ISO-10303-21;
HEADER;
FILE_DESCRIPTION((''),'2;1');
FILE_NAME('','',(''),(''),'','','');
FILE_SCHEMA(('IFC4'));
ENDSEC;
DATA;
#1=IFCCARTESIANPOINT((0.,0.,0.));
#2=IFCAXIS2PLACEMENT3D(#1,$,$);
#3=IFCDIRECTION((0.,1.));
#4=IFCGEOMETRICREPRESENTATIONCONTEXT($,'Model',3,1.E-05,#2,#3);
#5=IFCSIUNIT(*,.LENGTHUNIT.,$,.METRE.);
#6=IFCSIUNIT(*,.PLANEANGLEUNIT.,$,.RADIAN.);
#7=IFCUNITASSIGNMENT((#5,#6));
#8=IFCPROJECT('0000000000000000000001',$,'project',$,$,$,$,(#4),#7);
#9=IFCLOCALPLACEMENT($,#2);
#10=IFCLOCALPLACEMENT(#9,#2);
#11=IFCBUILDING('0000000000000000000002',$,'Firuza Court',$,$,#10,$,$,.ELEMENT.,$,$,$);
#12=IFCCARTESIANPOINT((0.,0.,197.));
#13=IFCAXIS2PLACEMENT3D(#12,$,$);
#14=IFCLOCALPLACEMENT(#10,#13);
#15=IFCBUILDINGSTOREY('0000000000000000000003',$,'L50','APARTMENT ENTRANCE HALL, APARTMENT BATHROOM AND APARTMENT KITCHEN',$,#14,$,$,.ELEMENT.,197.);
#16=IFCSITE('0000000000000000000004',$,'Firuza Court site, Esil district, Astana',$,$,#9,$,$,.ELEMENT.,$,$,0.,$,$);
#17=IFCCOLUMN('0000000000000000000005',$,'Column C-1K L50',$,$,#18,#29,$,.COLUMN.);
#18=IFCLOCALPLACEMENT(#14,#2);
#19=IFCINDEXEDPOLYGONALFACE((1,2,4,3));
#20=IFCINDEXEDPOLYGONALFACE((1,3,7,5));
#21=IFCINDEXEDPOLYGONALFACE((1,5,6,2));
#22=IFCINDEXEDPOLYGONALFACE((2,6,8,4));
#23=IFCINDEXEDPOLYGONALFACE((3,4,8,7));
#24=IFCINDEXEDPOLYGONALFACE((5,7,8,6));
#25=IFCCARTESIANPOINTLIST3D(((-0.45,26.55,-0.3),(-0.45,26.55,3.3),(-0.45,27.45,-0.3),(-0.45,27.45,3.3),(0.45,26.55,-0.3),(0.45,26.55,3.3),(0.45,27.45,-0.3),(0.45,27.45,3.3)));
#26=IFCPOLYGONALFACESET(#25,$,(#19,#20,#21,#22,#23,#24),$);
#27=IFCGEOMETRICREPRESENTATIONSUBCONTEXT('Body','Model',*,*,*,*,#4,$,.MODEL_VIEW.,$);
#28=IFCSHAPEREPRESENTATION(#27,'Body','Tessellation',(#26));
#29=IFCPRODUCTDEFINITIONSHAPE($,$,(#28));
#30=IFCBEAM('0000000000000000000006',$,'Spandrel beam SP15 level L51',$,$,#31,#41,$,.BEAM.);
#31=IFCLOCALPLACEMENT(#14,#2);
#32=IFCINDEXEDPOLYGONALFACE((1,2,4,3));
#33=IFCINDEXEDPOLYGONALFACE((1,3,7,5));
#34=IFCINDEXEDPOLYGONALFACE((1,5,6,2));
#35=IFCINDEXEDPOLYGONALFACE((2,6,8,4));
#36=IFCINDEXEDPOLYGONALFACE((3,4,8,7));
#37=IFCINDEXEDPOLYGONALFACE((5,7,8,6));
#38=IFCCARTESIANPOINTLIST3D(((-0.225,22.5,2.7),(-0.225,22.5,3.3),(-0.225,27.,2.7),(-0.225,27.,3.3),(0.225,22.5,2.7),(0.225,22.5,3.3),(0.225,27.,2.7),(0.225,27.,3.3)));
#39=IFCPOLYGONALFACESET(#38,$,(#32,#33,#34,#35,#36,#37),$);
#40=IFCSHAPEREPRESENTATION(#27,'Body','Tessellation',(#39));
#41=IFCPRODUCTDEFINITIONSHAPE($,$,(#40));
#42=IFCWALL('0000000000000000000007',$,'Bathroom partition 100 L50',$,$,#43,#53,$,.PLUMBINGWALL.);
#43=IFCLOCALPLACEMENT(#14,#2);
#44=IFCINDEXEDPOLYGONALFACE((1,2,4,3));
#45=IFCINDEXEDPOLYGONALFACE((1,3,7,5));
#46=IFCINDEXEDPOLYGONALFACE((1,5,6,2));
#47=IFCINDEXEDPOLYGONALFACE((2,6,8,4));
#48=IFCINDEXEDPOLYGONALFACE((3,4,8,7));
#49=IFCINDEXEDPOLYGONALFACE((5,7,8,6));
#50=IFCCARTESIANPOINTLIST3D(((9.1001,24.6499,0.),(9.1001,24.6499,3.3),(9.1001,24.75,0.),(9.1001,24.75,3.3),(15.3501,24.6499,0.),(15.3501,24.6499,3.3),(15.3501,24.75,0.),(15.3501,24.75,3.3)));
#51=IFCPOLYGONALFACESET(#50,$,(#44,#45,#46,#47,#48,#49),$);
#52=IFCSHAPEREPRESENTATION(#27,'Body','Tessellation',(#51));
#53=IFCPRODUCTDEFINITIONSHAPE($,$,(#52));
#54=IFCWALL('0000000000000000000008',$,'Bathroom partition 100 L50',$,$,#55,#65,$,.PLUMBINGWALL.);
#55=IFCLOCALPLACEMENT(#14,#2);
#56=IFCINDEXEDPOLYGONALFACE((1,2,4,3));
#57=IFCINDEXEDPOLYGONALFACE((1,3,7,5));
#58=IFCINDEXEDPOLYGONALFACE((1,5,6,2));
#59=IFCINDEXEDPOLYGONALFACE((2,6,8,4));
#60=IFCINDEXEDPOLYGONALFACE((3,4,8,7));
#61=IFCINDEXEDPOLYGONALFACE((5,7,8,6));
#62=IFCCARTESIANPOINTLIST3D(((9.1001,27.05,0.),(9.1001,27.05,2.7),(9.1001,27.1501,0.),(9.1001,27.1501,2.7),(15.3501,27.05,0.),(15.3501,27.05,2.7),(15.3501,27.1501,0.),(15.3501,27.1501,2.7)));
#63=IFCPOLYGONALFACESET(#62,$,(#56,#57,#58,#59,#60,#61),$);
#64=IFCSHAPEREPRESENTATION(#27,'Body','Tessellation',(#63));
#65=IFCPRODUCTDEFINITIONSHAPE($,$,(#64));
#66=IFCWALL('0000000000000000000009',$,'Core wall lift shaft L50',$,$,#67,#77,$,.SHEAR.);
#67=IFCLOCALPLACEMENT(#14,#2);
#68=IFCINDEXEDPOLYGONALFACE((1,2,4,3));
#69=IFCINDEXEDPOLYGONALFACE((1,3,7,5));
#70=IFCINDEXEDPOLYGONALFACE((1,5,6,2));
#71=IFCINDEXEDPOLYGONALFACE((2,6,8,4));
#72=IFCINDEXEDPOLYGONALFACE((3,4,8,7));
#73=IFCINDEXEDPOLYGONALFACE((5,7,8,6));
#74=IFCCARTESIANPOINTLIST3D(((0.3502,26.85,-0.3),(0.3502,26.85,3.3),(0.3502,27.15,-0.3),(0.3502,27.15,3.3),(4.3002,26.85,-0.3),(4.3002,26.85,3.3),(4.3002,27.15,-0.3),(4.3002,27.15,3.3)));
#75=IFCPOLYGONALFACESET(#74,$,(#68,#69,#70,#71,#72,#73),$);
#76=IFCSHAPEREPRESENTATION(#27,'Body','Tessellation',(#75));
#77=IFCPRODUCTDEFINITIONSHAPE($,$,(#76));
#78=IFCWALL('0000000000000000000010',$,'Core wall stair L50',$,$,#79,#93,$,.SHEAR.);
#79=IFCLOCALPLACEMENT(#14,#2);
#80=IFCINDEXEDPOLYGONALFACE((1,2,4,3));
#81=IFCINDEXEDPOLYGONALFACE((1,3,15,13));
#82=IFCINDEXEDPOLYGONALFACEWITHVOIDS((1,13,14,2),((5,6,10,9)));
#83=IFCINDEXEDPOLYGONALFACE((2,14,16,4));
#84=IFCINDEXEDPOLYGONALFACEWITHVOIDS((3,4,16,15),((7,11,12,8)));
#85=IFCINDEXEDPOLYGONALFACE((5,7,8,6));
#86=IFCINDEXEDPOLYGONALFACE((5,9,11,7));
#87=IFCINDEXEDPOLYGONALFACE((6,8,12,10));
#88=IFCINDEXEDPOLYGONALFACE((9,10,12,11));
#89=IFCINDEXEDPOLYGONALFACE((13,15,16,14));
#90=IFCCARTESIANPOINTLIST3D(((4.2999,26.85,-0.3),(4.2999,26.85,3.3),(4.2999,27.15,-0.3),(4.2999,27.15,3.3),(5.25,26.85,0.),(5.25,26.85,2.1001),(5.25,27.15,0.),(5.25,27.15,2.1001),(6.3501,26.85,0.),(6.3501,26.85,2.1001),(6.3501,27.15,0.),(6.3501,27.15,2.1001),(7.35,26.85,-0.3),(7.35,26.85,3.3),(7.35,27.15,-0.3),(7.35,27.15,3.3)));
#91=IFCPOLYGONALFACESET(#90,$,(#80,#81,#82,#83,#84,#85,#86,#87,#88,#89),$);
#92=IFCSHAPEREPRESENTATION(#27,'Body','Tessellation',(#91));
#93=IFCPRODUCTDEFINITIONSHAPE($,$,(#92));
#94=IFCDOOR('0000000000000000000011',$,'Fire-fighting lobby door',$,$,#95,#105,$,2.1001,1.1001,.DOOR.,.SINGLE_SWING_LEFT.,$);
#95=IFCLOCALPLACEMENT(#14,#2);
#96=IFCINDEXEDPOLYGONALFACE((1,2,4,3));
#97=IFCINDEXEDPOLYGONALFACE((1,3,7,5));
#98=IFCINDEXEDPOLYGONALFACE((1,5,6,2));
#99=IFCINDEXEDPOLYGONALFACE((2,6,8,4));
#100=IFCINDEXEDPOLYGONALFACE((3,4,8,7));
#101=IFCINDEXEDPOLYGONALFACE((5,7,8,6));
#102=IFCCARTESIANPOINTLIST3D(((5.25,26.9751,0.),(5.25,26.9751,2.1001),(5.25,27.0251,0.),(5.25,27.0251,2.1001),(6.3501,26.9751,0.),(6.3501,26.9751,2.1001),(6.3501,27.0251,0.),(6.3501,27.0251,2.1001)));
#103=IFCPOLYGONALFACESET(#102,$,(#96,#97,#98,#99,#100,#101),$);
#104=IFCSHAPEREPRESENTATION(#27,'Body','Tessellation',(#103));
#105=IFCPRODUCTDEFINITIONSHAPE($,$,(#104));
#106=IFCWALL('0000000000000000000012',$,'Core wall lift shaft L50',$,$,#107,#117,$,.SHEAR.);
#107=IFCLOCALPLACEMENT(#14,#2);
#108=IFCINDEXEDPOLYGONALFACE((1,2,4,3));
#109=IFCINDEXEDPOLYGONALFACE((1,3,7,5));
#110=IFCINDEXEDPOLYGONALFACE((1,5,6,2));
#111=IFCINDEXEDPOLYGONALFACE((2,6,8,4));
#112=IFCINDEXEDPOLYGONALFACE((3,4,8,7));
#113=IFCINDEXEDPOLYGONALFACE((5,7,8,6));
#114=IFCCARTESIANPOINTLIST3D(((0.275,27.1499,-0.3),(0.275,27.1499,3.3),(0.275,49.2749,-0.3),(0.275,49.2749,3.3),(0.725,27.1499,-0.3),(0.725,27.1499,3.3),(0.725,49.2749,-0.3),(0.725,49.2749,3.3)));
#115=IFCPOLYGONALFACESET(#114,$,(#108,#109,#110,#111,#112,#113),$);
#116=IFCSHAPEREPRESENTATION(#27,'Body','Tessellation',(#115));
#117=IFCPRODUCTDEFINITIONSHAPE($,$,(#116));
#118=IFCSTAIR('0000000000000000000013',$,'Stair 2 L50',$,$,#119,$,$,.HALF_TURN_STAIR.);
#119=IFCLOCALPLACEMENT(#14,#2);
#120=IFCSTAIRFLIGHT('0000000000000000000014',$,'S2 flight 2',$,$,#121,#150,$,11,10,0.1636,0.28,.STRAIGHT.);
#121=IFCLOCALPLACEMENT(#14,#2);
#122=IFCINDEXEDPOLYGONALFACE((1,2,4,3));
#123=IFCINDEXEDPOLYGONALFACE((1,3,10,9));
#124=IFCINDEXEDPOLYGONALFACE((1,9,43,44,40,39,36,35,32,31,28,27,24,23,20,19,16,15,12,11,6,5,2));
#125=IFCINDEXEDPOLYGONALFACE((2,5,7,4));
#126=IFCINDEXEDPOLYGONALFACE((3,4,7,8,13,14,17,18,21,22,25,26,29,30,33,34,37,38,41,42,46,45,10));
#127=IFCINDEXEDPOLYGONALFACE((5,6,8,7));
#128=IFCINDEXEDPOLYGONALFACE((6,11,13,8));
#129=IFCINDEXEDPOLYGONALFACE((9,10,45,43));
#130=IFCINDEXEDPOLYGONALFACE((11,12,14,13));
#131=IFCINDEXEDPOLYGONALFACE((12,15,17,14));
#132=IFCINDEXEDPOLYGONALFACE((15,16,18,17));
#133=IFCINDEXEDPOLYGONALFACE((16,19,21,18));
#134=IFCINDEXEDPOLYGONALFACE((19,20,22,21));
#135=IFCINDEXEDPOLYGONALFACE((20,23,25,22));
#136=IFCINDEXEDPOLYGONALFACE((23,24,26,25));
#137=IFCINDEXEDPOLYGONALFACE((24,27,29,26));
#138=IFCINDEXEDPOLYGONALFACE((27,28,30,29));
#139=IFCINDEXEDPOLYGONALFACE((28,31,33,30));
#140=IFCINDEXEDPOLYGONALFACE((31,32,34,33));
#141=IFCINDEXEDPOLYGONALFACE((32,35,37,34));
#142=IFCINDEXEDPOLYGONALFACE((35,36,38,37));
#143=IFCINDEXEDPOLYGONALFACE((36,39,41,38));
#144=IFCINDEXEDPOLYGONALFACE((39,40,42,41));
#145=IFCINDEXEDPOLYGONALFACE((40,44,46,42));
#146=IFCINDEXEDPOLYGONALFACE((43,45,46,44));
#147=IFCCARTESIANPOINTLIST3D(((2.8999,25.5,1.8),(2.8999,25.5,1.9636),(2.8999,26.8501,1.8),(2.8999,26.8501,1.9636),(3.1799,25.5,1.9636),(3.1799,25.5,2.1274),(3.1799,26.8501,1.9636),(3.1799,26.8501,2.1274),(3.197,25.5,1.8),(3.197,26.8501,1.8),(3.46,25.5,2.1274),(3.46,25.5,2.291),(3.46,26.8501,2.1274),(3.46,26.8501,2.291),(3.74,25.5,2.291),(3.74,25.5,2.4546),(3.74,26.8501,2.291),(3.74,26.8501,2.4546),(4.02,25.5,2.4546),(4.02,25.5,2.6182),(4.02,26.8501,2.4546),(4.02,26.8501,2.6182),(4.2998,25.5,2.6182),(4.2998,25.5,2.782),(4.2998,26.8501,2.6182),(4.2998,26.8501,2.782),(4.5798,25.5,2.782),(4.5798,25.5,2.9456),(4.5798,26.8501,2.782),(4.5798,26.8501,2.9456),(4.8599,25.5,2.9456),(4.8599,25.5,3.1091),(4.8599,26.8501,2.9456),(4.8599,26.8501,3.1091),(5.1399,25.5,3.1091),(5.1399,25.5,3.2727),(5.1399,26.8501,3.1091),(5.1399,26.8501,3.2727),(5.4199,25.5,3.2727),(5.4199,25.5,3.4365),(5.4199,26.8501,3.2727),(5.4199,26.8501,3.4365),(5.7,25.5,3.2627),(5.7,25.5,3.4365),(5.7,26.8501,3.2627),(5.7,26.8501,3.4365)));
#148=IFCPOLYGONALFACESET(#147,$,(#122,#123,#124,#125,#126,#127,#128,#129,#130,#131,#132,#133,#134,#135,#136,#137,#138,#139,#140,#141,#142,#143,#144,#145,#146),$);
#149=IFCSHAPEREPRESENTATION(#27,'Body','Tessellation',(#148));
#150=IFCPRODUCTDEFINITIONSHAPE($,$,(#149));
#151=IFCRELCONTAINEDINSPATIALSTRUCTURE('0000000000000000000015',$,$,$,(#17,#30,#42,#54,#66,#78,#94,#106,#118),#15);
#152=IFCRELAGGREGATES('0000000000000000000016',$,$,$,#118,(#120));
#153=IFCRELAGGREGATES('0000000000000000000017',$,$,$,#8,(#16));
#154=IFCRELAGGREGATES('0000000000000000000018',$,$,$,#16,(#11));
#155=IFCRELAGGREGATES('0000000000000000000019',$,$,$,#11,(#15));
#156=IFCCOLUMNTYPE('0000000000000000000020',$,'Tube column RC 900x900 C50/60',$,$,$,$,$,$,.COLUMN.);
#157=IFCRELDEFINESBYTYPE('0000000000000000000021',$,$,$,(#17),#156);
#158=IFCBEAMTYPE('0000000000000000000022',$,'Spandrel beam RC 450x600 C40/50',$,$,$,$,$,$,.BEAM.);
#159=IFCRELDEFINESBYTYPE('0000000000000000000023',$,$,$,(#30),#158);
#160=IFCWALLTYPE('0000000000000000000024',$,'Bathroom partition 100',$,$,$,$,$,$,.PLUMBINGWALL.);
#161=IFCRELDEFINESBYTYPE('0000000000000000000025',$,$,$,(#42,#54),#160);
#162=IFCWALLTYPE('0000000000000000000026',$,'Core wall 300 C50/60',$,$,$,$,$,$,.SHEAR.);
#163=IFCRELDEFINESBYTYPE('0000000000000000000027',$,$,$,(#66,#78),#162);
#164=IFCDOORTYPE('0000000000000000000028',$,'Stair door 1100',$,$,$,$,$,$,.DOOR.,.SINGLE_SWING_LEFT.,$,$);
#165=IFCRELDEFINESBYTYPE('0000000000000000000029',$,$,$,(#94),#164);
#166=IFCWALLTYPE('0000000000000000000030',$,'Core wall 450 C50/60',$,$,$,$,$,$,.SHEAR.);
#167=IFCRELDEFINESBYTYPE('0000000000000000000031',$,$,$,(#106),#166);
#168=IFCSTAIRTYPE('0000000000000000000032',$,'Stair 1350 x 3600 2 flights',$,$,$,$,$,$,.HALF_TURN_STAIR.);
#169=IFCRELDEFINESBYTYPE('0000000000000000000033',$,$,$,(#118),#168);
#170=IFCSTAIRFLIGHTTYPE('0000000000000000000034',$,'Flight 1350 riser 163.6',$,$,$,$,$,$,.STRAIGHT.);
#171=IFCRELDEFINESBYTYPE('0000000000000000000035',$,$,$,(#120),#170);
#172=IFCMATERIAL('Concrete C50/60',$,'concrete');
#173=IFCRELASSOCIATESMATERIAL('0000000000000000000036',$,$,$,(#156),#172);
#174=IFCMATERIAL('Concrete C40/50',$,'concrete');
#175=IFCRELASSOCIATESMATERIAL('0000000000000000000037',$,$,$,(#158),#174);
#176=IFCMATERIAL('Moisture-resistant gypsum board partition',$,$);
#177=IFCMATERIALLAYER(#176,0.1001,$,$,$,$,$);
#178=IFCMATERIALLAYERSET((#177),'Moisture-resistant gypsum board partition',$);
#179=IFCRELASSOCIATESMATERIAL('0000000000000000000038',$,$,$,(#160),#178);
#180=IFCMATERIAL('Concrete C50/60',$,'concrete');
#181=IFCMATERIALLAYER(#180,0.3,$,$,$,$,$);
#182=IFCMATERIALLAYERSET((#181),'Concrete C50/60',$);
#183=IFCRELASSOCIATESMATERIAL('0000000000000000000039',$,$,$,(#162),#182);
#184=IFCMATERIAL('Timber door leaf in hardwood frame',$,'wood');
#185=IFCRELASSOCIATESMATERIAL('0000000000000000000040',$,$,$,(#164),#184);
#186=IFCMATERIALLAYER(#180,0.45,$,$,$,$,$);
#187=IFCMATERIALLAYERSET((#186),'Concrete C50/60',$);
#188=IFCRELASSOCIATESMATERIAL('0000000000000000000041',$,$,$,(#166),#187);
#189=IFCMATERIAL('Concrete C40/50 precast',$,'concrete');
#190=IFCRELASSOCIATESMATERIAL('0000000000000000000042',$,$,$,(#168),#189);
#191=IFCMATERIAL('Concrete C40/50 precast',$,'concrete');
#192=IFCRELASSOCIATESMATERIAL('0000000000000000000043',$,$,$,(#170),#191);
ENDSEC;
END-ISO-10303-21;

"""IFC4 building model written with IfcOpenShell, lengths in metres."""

from ifc_helpers import new_model, si_unit, direction, frame, frame_2d, origin, origin_2d, place, context, subcontext, project, spatial, polyline, rectangle, outline, extrude, material, layer, layer_set, material_profile, profile_set, type_object, element, fill, aggregate, save


model = new_model("IFC4")

# Units and contexts
model_context = context("Model", 3, precision=1e-05, world=origin(), true_north=direction((0.0, 1.0)))
body_context = subcontext(model_context, "Body", "Model", "MODEL_VIEW")
ifc_project = project(units=[si_unit("LENGTHUNIT", "METRE"), si_unit("PLANEANGLEUNIT", "RADIAN")], contexts=[model_context])

# Site, building, storey
site_placement = place(None, origin())
site = spatial("IfcSite", under=ifc_project, at=site_placement, Name="Firuza Court site, Esil district, Astana", CompositionType="ELEMENT", RefElevation=0.0)
building_placement = place(site_placement, origin())
building = spatial("IfcBuilding", under=site, at=building_placement, Name="Firuza Court", CompositionType="ELEMENT")
storey_placement = place(building_placement, frame((0.0, 0.0, 197.0)))
storey = spatial("IfcBuildingStorey", under=building, at=storey_placement, Name="L50", Description="APARTMENT ENTRANCE HALL, APARTMENT BATHROOM AND APARTMENT KITCHEN", CompositionType="ELEMENT", Elevation=197.0)

# Column
ifc_material_1 = material(Name="Concrete C50/60", Category="concrete")
ifc_material_profile_1 = material_profile(ifc_material_1, rectangle(XDim=0.8999, YDim=0.8999, at=origin_2d()), Name="RC 900x900")
ifc_profile_set_1 = profile_set([ifc_material_profile_1], Name="Concrete C50/60")
column_type = type_object("IfcColumnType", Name="Tube column RC 900x900 C50/60", PredefinedType="COLUMN", material=ifc_profile_set_1)
column_placement = place(storey_placement, frame((0.0, 27.0, -0.3), z_axis=(0.0, 0.0, 1.0), x_axis=(1.0, 0.0, 0.0)))
element("IfcColumn", 1, at=column_placement, inside=storey, type_object=column_type, Name="Column C-1K L50", PredefinedType="COLUMN", context=body_context, shape_type="SweptSolid", body=[
    extrude(rectangle(XDim=0.8999, YDim=0.8999, at=origin_2d()), origin(), (0.0, 0.0, 1.0), 3.6001),
])

# Beam
ifc_material_2 = material(Name="Concrete C40/50", Category="concrete")
ifc_material_profile_2 = material_profile(ifc_material_2, rectangle(XDim=0.45, YDim=0.6001, at=origin_2d()), Name="RC 450x600")
ifc_profile_set_2 = profile_set([ifc_material_profile_2], Name="Concrete C40/50")
beam_type = type_object("IfcBeamType", Name="Spandrel beam RC 450x600 C40/50", PredefinedType="BEAM", material=ifc_profile_set_2)
beam_placement = place(storey_placement, frame((0.0, 27.0, 3.0), z_axis=(0.0, -1.0, 0.0), x_axis=(1.0, 0.0, 0.0)))
element("IfcBeam", 2, at=beam_placement, inside=storey, type_object=beam_type, Name="Spandrel beam SP15 level L51", PredefinedType="BEAM", context=body_context, shape_type="SweptSolid", body=[
    extrude(rectangle(XDim=0.45, YDim=0.6001, at=origin_2d()), origin(), (0.0, 0.0, 1.0), 4.5),
])

# Walls
ifc_material_3 = material(Name="Moisture-resistant gypsum board partition")
ifc_layer_1 = layer(ifc_material_3, 0.1001)
ifc_layer_set_1 = layer_set([ifc_layer_1], Name="Moisture-resistant gypsum board partition")
wall_type_1 = type_object("IfcWallType", Name="Bathroom partition 100", PredefinedType="PLUMBINGWALL", material=ifc_layer_set_1)
wall_1_placement = place(storey_placement, frame((9.1001, 24.7, 0.0), z_axis=(0.0, 0.0, 1.0), x_axis=(1.0, 0.0, 0.0)))
element("IfcWall", 3, at=wall_1_placement, inside=storey, type_object=wall_type_1, Name="Bathroom partition 100 L50", PredefinedType="PLUMBINGWALL", context=body_context, shape_type="SweptSolid", body=[
    extrude(rectangle(XDim=6.25, YDim=0.1001, at=frame_2d((3.125, 0.0))), origin(), (0.0, 0.0, 1.0), 3.3),
])
wall_2_placement = place(storey_placement, frame((9.1001, 27.1001, 0.0), z_axis=(0.0, 0.0, 1.0), x_axis=(1.0, 0.0, 0.0)))
element("IfcWall", 4, at=wall_2_placement, inside=storey, type_object=wall_type_1, Name="Bathroom partition 100 L50", PredefinedType="PLUMBINGWALL", context=body_context, shape_type="SweptSolid", body=[
    extrude(rectangle(XDim=6.25, YDim=0.1001, at=frame_2d((3.125, 0.0))), origin(), (0.0, 0.0, 1.0), 2.7),
])
ifc_material_4 = material(Name="Concrete C50/60", Category="concrete")
ifc_layer_2 = layer(ifc_material_4, 0.3)
ifc_layer_set_2 = layer_set([ifc_layer_2], Name="Concrete C50/60")
wall_type_2 = type_object("IfcWallType", Name="Core wall 300 C50/60", PredefinedType="SHEAR", material=ifc_layer_set_2)
wall_3_placement = place(storey_placement, frame((0.3501, 27.0, -0.3), z_axis=(0.0, 0.0, 1.0), x_axis=(1.0, 0.0, 0.0)))
element("IfcWall", 5, at=wall_3_placement, inside=storey, type_object=wall_type_2, Name="Core wall lift shaft L50", PredefinedType="SHEAR", context=body_context, shape_type="SweptSolid", body=[
    extrude(rectangle(XDim=3.95, YDim=0.3, at=frame_2d((1.9751, 0.0))), origin(), (0.0, 0.0, 1.0), 3.6001),
])

# Wall, opening, door
wall_4_placement = place(storey_placement, frame((4.3, 27.0, -0.3), z_axis=(0.0, 0.0, 1.0), x_axis=(1.0, 0.0, 0.0)))
wall_4 = element("IfcWall", 6, at=wall_4_placement, inside=storey, type_object=wall_type_2, Name="Core wall stair L50", PredefinedType="SHEAR", context=body_context, shape_type="SweptSolid", body=[
    extrude(rectangle(XDim=3.05, YDim=0.3, at=frame_2d((1.5249, 0.0))), origin(), (0.0, 0.0, 1.0), 3.6001),
])
opening_1_placement = place(wall_4_placement, frame((0.95, 0.0, 0.3)))
opening_1 = element("IfcOpeningElement", 7, at=opening_1_placement, cuts=wall_4, PredefinedType="OPENING", context=body_context, shape_type="SweptSolid", body=[
    extrude(rectangle(XDim=1.1001, YDim=2.1001, at=frame_2d((0.55, 1.05))), frame((0.0, 0.1621, 0.0), z_axis=(0.0, -1.0, 0.0), x_axis=(1.0, 0.0, 0.0)), (0.0, 0.0, 1.0), 0.324),
])
ifc_material_5 = material(Name="Timber door leaf in hardwood frame", Category="wood")
door_type_1 = type_object("IfcDoorType", Name="Stair door 1100", OperationType="SINGLE_SWING_LEFT", PredefinedType="DOOR", material=ifc_material_5)
door_1_placement = place(opening_1_placement, frame((1.1001, 0.0, 0.0), z_axis=(0.0, 0.0, 1.0), x_axis=(-1.0, 0.0, 0.0)))
door_1 = element("IfcDoor", 8, at=door_1_placement, inside=storey, type_object=door_type_1, Name="Fire-fighting lobby door", OperationType="SINGLE_SWING_LEFT", OverallHeight=2.1001, OverallWidth=1.1001, PredefinedType="DOOR", context=body_context, shape_type="SweptSolid", body=[
    extrude(rectangle(XDim=1.1001, YDim=2.1001, at=frame_2d((0.55, 1.05))), frame((0.0, 0.0249, 0.0), z_axis=(0.0, -1.0, 0.0), x_axis=(1.0, 0.0, 0.0)), (0.0, 0.0, 1.0), 0.05),
])
fill(opening_1, door_1)

# Wall
ifc_layer_3 = layer(ifc_material_4, 0.45)
ifc_layer_set_3 = layer_set([ifc_layer_3], Name="Concrete C50/60")
wall_type_3 = type_object("IfcWallType", Name="Core wall 450 C50/60", PredefinedType="SHEAR", material=ifc_layer_set_3)
wall_5_placement = place(storey_placement, frame((0.5, 27.1499, -0.3), z_axis=(0.0, 0.0, 1.0), x_axis=(0.0, 1.0, 0.0)))
element("IfcWall", 9, at=wall_5_placement, inside=storey, type_object=wall_type_3, Name="Core wall lift shaft L50", PredefinedType="SHEAR", context=body_context, shape_type="SweptSolid", body=[
    extrude(rectangle(XDim=22.125, YDim=0.45, at=frame_2d((11.0625, 0.0))), origin(), (0.0, 0.0, 1.0), 3.6001),
])

# Stair, stair flight
ifc_material_6 = material(Name="Concrete C40/50 precast", Category="concrete")
stair_type = type_object("IfcStairType", Name="Stair 1350 x 3600 2 flights", PredefinedType="HALF_TURN_STAIR", material=ifc_material_6)
stair_placement = place(storey_placement, origin())
stair = element("IfcStair", 10, at=stair_placement, inside=storey, type_object=stair_type, Name="Stair 2 L50", PredefinedType="HALF_TURN_STAIR")
ifc_material_7 = material(Name="Concrete C40/50 precast", Category="concrete")
stair_flight_type = type_object("IfcStairFlightType", Name="Flight 1350 riser 163.6", PredefinedType="STRAIGHT", material=ifc_material_7)
stair_flight_placement = place(storey_placement, frame((2.8999, 26.175, 1.8), z_axis=(0.0, 0.0, 1.0), x_axis=(1.0, 0.0, 0.0)))
stair_flight = element("IfcStairFlight", 11, at=stair_flight_placement, type_object=stair_flight_type, Name="S2 flight 2", NumberOfRisers=11, NumberOfTreads=10, PredefinedType="STRAIGHT", RiserHeight=0.1636, TreadLength=0.28, context=body_context, shape_type="SweptSolid", body=[
    extrude(outline(polyline([(0.0, 0.0), (0.0, 0.1636), (0.28, 0.1636), (0.28, 0.3274), (0.5601, 0.3274), (0.5601, 0.491), (0.8401, 0.491), (0.8401, 0.6545), (1.1201, 0.6545), (1.1201, 0.8181), (1.3999, 0.8181), (1.3999, 0.9819), (1.6799, 0.9819), (1.6799, 1.1455), (1.96, 1.1455), (1.96, 1.3091), (2.24, 1.3091), (2.24, 1.4727), (2.52, 1.4727), (2.52, 1.6365), (2.8, 1.6365), (2.8, 1.8), (2.8, 1.4626), (0.2971, 0.0), (0.0, 0.0)])), frame((0.0, 0.675, 0.0), z_axis=(0.0, -1.0, 0.0), x_axis=(1.0, 0.0, 0.0)), (0.0, 0.0, 1.0), 1.3501),
])
aggregate(stair, [stair_flight])

save(model, "model.ifc")
